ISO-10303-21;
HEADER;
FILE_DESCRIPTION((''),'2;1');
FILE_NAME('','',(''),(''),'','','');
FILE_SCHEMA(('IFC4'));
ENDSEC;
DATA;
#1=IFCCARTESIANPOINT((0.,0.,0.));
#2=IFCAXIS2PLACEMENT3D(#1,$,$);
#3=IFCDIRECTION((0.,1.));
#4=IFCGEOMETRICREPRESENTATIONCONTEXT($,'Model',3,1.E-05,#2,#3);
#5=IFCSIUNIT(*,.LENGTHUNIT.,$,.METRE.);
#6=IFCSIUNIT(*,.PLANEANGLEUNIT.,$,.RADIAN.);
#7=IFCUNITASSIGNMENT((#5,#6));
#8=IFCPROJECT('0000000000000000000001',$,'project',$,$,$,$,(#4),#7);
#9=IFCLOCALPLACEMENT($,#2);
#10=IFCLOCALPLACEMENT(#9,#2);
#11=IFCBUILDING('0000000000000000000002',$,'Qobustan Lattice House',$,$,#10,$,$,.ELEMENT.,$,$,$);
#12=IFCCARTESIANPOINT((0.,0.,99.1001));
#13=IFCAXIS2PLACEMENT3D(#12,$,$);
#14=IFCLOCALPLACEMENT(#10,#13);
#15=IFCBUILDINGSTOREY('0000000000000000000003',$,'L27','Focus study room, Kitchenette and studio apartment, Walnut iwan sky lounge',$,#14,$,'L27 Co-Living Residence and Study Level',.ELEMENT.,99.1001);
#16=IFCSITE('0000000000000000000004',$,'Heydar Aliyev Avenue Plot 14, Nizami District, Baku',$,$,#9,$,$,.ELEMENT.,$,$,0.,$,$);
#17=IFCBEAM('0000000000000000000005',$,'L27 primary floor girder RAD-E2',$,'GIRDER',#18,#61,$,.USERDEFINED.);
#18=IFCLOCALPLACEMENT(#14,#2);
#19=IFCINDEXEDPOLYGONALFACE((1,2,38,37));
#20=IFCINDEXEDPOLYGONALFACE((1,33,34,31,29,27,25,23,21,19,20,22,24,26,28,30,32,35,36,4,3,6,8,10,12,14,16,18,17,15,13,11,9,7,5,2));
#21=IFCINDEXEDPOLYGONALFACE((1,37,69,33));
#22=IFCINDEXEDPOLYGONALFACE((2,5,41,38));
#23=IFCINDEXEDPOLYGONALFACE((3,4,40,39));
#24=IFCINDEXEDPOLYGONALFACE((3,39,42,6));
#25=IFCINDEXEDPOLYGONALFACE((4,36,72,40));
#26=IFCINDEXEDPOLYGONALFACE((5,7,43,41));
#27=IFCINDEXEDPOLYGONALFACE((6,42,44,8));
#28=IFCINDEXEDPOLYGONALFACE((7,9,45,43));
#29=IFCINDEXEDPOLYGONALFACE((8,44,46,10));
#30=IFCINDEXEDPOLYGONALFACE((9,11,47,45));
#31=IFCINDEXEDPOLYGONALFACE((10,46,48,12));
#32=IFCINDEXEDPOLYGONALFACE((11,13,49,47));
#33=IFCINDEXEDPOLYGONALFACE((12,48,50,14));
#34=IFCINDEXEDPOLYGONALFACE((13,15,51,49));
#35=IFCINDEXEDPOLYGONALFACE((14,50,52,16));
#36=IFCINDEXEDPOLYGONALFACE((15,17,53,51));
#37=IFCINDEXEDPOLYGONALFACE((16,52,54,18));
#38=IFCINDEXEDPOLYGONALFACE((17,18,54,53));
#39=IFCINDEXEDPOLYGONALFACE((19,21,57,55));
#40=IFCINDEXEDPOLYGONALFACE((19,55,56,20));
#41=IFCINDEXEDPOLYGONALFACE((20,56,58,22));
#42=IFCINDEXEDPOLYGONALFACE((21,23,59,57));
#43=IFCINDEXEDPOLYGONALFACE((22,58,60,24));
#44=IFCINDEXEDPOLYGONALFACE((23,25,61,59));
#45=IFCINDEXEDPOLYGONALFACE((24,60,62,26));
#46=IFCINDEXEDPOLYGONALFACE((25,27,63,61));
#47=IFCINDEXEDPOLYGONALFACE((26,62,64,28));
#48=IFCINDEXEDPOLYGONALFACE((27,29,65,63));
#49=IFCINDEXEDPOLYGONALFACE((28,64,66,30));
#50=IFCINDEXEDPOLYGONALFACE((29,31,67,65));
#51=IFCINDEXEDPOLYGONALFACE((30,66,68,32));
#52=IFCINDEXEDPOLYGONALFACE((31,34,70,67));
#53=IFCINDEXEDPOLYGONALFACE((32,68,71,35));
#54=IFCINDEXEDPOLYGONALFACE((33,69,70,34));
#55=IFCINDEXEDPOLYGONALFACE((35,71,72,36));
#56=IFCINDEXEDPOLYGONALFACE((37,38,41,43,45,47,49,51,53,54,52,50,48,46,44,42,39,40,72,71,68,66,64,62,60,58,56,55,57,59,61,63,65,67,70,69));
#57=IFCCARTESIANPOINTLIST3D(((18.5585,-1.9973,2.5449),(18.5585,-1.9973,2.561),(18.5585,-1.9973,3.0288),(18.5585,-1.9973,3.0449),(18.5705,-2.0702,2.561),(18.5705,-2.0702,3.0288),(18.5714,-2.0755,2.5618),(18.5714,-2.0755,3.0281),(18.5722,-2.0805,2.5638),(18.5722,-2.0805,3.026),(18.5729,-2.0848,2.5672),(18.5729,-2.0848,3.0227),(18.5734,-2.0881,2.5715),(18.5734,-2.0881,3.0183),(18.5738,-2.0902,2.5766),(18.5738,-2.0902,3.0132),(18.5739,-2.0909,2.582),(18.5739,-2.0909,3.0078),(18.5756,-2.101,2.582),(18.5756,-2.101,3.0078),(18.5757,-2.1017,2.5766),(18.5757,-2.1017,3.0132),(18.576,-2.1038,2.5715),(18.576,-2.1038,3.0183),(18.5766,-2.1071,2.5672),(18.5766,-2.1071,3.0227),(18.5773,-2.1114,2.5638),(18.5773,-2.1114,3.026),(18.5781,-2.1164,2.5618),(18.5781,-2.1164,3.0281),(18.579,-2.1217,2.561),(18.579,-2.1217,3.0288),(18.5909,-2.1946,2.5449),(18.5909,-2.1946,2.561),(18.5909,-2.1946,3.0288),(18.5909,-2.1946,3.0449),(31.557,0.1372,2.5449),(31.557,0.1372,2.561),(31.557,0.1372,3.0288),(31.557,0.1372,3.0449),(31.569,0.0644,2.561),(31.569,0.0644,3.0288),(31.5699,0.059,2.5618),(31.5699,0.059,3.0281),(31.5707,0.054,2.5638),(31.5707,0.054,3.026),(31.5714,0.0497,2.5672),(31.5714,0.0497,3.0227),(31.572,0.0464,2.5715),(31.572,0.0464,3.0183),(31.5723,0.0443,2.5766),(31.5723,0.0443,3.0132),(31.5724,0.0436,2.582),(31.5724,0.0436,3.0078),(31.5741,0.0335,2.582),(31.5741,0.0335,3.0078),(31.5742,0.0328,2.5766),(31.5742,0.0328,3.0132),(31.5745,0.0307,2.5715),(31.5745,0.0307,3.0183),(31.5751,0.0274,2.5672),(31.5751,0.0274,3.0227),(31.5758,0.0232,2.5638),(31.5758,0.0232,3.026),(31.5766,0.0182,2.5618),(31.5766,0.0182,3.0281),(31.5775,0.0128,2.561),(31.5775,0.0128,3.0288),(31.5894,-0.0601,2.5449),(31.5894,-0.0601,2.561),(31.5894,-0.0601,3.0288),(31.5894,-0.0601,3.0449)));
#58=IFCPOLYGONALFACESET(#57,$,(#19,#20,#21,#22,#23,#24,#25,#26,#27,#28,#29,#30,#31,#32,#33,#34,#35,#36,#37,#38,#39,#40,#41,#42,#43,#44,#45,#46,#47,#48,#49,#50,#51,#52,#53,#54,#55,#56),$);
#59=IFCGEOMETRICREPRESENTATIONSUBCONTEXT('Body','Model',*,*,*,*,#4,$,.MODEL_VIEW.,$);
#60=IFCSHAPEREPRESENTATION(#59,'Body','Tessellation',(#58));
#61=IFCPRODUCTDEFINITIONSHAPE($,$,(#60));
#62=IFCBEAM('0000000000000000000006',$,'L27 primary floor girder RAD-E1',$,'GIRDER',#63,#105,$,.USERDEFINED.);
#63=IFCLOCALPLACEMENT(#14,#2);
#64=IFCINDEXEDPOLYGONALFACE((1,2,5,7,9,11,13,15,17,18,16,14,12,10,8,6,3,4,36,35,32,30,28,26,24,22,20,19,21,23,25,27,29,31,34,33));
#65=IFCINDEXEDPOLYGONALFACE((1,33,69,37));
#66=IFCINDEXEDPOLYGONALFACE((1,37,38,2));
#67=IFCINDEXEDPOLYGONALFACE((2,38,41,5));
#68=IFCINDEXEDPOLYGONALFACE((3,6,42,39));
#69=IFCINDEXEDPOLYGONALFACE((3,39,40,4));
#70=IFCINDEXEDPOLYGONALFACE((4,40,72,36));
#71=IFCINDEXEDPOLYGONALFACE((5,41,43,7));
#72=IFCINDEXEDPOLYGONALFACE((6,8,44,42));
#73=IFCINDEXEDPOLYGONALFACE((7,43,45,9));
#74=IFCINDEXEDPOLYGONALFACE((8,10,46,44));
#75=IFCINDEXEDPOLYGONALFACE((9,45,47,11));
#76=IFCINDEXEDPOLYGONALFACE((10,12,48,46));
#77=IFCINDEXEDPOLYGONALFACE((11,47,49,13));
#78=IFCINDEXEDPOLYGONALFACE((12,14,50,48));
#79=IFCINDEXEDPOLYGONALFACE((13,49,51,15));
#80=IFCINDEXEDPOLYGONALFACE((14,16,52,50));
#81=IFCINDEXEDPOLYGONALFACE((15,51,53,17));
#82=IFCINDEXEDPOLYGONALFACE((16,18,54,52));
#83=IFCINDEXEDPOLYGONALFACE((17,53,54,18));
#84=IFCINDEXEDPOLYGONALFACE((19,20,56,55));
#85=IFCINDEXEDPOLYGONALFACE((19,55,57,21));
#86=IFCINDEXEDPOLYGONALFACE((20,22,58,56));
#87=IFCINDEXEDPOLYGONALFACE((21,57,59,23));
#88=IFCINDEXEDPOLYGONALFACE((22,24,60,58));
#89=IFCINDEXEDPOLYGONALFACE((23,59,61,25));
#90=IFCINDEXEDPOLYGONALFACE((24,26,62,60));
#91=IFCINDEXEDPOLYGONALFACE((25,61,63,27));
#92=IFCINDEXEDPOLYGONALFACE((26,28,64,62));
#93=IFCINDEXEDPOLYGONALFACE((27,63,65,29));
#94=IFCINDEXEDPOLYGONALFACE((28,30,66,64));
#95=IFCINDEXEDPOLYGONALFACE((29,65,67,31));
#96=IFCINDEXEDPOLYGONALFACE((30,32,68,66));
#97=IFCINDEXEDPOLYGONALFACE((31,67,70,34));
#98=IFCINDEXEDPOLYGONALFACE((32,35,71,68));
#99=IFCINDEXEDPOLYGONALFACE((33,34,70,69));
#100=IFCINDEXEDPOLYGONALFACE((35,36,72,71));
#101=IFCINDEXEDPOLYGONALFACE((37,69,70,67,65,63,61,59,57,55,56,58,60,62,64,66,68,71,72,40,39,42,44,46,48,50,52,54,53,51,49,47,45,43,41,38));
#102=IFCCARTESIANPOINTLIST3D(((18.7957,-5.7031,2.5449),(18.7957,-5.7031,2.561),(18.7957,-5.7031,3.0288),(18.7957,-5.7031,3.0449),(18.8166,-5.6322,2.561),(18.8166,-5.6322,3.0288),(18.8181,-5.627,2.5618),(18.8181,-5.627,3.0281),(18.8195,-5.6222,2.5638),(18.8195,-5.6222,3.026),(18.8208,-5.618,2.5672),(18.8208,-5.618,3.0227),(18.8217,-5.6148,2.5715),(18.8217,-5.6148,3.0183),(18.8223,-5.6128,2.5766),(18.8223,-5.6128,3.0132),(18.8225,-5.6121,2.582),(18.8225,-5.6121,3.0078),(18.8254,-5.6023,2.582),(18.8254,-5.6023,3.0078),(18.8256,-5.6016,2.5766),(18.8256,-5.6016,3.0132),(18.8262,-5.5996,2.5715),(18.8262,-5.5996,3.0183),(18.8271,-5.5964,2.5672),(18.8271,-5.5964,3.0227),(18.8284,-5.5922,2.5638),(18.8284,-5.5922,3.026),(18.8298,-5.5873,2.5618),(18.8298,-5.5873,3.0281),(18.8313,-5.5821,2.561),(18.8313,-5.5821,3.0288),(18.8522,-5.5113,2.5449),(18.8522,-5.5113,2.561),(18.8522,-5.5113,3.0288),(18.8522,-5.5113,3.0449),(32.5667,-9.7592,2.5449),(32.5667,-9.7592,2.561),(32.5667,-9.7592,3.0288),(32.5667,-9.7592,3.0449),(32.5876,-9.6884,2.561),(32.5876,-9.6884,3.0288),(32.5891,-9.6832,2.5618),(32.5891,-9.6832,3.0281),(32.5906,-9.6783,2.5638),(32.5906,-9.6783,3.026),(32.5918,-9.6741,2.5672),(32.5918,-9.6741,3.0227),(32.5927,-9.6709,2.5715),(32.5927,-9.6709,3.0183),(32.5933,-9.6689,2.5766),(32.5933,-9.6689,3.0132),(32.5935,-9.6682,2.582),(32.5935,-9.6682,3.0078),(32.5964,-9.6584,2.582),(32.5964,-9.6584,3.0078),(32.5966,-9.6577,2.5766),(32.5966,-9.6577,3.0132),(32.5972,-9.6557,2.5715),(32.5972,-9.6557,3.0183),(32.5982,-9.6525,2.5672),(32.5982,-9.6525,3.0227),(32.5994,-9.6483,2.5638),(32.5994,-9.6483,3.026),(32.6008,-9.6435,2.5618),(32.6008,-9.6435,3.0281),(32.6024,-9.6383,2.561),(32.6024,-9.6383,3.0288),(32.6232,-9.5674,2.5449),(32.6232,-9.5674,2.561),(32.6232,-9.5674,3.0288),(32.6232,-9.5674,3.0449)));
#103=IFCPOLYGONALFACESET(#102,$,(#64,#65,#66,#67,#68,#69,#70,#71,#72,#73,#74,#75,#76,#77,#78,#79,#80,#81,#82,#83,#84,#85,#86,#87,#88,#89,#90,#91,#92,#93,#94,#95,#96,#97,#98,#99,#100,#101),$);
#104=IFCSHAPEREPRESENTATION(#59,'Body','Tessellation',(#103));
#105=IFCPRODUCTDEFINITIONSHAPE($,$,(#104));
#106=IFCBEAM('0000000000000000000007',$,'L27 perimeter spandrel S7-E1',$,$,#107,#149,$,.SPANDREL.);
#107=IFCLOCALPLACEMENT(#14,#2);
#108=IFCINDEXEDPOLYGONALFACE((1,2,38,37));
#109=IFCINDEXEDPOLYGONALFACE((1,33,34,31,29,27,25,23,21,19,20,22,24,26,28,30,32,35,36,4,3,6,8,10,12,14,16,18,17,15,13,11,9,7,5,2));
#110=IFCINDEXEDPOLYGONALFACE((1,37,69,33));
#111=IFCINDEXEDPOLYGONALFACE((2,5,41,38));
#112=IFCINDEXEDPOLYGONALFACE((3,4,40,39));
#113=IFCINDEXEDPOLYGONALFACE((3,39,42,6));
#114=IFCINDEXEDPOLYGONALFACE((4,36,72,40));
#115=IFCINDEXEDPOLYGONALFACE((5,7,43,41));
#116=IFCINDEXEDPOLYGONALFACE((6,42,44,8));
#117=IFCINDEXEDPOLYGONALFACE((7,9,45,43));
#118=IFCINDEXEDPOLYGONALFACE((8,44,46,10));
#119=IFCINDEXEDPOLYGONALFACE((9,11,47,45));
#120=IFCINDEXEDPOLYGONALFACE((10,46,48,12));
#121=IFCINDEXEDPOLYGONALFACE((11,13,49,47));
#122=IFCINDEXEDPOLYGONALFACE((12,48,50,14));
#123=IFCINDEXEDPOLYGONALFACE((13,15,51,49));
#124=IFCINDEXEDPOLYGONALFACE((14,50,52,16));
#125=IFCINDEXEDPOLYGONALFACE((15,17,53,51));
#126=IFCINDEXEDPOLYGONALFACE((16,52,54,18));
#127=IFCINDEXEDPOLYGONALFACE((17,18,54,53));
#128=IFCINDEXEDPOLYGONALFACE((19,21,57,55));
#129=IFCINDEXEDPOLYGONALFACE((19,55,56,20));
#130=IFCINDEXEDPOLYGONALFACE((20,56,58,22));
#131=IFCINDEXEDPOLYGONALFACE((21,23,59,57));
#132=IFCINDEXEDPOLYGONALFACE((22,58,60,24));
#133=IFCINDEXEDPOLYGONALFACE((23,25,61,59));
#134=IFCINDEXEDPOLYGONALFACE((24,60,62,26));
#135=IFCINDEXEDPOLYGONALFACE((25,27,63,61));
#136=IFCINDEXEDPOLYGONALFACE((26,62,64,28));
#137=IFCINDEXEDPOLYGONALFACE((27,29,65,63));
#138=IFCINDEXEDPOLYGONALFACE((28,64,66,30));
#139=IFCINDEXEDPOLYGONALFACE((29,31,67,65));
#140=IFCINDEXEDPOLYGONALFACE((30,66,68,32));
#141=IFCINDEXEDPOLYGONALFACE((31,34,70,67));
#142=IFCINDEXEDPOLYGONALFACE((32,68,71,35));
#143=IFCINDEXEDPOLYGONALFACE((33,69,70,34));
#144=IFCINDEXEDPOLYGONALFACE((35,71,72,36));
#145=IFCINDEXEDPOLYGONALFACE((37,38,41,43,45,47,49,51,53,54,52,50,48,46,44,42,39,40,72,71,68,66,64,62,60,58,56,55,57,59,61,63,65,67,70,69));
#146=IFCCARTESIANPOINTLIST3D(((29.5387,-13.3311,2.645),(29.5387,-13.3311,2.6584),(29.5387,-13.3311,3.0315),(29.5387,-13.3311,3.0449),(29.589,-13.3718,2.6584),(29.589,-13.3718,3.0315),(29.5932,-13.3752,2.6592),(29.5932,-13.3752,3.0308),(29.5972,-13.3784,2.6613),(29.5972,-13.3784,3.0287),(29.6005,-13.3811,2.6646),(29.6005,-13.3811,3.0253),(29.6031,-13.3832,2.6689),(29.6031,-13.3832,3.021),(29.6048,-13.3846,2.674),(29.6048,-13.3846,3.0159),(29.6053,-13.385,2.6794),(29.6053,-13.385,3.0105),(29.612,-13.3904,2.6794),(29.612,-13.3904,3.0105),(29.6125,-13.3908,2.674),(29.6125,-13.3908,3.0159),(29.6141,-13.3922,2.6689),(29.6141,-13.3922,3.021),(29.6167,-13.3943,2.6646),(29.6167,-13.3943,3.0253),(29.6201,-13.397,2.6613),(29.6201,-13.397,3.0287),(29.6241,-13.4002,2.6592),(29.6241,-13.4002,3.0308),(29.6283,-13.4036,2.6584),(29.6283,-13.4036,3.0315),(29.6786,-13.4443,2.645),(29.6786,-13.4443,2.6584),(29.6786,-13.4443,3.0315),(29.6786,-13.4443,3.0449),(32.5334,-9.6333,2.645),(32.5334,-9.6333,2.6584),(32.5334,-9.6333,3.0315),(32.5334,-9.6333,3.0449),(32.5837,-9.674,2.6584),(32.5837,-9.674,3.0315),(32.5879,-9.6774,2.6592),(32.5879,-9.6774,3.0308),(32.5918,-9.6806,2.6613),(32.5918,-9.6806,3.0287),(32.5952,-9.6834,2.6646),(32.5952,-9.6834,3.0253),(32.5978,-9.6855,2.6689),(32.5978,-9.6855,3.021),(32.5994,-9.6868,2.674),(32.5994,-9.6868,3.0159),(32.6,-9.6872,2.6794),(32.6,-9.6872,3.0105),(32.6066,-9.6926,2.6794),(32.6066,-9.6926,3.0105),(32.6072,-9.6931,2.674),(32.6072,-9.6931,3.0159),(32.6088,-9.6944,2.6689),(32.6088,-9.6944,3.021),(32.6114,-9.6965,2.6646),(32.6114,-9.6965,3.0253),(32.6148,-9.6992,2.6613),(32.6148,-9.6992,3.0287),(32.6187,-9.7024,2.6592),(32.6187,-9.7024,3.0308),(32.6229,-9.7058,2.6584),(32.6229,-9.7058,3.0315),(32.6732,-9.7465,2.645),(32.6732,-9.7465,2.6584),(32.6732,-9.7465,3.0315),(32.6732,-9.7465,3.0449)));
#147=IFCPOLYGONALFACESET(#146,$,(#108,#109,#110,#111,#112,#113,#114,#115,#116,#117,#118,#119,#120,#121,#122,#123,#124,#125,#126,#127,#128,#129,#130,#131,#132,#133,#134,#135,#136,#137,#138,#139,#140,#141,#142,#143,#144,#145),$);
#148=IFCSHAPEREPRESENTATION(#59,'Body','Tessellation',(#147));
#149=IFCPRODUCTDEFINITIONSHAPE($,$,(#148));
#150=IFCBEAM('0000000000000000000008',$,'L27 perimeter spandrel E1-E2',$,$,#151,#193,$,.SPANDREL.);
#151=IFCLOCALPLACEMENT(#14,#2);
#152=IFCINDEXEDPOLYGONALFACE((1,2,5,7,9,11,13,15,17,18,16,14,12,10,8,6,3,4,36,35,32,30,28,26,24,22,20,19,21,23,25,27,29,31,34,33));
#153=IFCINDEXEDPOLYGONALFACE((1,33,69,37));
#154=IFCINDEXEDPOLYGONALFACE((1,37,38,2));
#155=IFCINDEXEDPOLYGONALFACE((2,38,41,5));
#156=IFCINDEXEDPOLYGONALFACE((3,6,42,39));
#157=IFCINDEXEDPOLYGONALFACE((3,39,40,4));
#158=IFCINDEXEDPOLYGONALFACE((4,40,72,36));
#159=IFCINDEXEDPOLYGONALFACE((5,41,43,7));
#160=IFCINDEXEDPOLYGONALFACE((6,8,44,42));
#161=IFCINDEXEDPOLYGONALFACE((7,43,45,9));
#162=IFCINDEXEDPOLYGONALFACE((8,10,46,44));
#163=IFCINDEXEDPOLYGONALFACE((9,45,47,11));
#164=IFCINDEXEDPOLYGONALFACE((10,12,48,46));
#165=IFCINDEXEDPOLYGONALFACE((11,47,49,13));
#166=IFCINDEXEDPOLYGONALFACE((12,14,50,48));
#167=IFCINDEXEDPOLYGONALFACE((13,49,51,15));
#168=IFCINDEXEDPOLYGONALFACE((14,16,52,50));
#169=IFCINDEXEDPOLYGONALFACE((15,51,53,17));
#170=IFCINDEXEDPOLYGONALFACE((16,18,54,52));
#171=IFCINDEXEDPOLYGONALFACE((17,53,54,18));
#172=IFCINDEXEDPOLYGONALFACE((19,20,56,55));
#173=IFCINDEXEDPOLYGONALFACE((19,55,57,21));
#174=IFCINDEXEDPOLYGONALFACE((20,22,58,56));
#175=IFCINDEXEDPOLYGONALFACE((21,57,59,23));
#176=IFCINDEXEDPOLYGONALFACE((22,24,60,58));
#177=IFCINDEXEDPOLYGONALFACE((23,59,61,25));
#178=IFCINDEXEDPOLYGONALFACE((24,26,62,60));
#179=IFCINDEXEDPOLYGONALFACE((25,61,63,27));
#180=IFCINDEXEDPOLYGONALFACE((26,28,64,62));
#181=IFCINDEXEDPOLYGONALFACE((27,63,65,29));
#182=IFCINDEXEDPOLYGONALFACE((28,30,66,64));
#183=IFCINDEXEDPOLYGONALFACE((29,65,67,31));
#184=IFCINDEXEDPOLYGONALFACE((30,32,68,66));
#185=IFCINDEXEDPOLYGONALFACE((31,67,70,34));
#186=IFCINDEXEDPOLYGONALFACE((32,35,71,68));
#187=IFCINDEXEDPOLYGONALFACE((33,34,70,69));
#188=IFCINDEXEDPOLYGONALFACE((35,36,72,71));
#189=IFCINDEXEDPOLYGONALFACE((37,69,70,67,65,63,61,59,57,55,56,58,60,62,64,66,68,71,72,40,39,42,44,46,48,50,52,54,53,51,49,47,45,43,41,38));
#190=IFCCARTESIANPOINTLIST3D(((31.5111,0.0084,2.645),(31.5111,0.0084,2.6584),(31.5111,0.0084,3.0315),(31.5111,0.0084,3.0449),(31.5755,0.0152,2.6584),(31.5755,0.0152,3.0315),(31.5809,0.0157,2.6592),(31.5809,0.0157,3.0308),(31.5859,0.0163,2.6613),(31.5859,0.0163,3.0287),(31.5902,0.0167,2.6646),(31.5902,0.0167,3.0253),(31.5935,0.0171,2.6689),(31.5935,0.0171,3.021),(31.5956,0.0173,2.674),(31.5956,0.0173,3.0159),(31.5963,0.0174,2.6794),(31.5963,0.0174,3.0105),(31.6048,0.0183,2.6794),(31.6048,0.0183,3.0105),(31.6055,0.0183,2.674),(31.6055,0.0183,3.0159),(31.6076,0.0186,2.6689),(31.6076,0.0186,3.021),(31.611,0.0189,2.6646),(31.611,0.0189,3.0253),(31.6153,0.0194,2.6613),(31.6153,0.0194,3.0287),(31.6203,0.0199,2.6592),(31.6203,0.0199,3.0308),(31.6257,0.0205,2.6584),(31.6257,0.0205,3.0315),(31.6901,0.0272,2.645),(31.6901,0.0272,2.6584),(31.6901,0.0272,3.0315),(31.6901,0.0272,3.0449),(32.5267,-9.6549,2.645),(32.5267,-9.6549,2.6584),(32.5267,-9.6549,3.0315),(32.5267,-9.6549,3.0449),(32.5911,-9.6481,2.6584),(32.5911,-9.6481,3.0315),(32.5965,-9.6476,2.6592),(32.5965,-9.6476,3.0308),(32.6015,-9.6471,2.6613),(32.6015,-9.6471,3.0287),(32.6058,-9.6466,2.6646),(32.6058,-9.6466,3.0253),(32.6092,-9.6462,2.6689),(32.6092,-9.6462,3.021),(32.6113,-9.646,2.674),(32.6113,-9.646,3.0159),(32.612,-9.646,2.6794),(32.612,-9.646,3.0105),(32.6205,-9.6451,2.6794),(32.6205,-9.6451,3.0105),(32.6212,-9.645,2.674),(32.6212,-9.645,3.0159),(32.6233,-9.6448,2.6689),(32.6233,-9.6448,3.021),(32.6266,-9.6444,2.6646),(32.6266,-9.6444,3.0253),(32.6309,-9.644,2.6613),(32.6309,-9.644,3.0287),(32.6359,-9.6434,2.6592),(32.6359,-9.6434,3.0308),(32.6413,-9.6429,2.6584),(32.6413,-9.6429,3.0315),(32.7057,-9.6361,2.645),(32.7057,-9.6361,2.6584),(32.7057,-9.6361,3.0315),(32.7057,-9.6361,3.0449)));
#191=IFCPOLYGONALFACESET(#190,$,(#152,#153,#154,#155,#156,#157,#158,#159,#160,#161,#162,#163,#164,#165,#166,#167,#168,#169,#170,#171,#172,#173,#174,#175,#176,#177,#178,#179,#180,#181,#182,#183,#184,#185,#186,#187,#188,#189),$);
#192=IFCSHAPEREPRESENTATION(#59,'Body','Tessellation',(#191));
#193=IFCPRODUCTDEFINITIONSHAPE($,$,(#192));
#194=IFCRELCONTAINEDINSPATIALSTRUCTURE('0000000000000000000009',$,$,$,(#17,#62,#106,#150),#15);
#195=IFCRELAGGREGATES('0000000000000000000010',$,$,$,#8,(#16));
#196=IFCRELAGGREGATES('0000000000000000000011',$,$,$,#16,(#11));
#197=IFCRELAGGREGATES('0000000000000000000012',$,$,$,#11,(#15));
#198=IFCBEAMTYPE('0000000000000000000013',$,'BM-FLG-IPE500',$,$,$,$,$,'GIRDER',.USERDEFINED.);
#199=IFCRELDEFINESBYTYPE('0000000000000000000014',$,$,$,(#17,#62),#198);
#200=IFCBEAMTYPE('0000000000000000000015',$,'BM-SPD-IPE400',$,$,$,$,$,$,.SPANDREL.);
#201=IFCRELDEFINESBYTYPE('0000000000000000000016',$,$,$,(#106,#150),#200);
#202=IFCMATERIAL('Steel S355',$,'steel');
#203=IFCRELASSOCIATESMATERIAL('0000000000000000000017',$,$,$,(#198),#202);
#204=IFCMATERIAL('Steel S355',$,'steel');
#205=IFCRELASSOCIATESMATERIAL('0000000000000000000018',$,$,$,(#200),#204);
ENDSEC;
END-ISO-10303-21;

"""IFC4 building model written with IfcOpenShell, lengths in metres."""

from ifc_helpers import new_model, si_unit, direction, frame, origin, origin_2d, place, context, subcontext, project, spatial, i_section, extrude, material, material_profile, profile_set, type_object, element, save


model = new_model("IFC4")

# Units and contexts
model_context = context("Model", 3, precision=1e-05, world=origin(), true_north=direction((0.0, 1.0)))
body_context = subcontext(model_context, "Body", "Model", "MODEL_VIEW")
ifc_project = project(units=[si_unit("LENGTHUNIT", "METRE"), si_unit("PLANEANGLEUNIT", "RADIAN")], contexts=[model_context])

# Site, building, storey
site_placement = place(None, origin())
site = spatial("IfcSite", under=ifc_project, at=site_placement, Name="Heydar Aliyev Avenue Plot 14, Nizami District, Baku", CompositionType="ELEMENT", RefElevation=0.0)
building_placement = place(site_placement, origin())
building = spatial("IfcBuilding", under=site, at=building_placement, Name="Qobustan Lattice House", CompositionType="ELEMENT")
storey_placement = place(building_placement, frame((0.0, 0.0, 99.1001)))
storey = spatial("IfcBuildingStorey", under=building, at=storey_placement, Name="L27", Description="Focus study room, Kitchenette and studio apartment, Walnut iwan sky lounge", LongName="L27 Co-Living Residence and Study Level", CompositionType="ELEMENT", Elevation=99.1001)

# Beams
ifc_material_1 = material(Name="Steel S355", Category="steel")
ifc_material_profile_1 = material_profile(ifc_material_1, i_section(OverallWidth=0.2, OverallDepth=0.5, WebThickness=0.0103, FlangeThickness=0.0161, FilletRadius=0.021, at=origin_2d()), Name="IPE500")
ifc_profile_set_1 = profile_set([ifc_material_profile_1], Name="Steel S355")
beam_type_1 = type_object("IfcBeamType", Name="BM-FLG-IPE500", ElementType="GIRDER", PredefinedType="USERDEFINED", material=ifc_profile_set_1)
beam_1_placement = place(storey_placement, frame((31.5732, 0.0386, 2.7949), z_axis=(-0.986784, -0.162042, 0.0), x_axis=(0.162042, -0.986784, 0.0)))
element("IfcBeam", 1, at=beam_1_placement, inside=storey, type_object=beam_type_1, Name="L27 primary floor girder RAD-E2", ObjectType="GIRDER", PredefinedType="USERDEFINED", context=body_context, shape_type="SweptSolid", body=[
    extrude(i_section(OverallWidth=0.2, OverallDepth=0.5, WebThickness=0.0103, FlangeThickness=0.0161, FilletRadius=0.021, at=origin_2d()), origin(), (0.0, 0.0, 1.0), 13.1726),
])
beam_2_placement = place(storey_placement, frame((32.595, -9.6633, 2.7949), z_axis=(-0.959255, 0.282542, 0.0), x_axis=(-0.282542, -0.959255, 0.0)))
element("IfcBeam", 2, at=beam_2_placement, inside=storey, type_object=beam_type_1, Name="L27 primary floor girder RAD-E1", ObjectType="GIRDER", PredefinedType="USERDEFINED", context=body_context, shape_type="SweptSolid", body=[
    extrude(i_section(OverallWidth=0.2, OverallDepth=0.5, WebThickness=0.0103, FlangeThickness=0.0161, FilletRadius=0.021, at=origin_2d()), origin(), (0.0, 0.0, 1.0), 14.356),
])
ifc_material_2 = material(Name="Steel S355", Category="steel")
ifc_material_profile_2 = material_profile(ifc_material_2, i_section(OverallWidth=0.1799, OverallDepth=0.3999, WebThickness=0.0085, FlangeThickness=0.0134, FilletRadius=0.021, at=origin_2d()), Name="IPE400")
ifc_profile_set_2 = profile_set([ifc_material_profile_2], Name="Steel S355")
beam_type_2 = type_object("IfcBeamType", Name="BM-SPD-IPE400", PredefinedType="SPANDREL", material=ifc_profile_set_2)
beam_3_placement = place(storey_placement, frame((29.6086, -13.3877, 2.845), z_axis=(0.629352, 0.777121, 0.0), x_axis=(-0.777121, 0.629352, 0.0)))
element("IfcBeam", 3, at=beam_3_placement, inside=storey, type_object=beam_type_2, Name="L27 perimeter spandrel S7-E1", PredefinedType="SPANDREL", context=body_context, shape_type="SweptSolid", body=[
    extrude(i_section(OverallWidth=0.1799, OverallDepth=0.3999, WebThickness=0.0085, FlangeThickness=0.0134, FilletRadius=0.021, at=origin_2d()), origin(), (0.0, 0.0, 1.0), 4.7583),
])
for number, where, z_axis, x_axis, name in (
    (4, (32.6162, -9.6455, 2.845), (-0.104525, 0.994522, 0.0), (-0.994522, -0.104525, 0.0), "L27 perimeter spandrel E1-E2"),
):
    element("IfcBeam", number, at=place(storey_placement, frame(where, z_axis=z_axis, x_axis=x_axis)), inside=storey, type_object=beam_type_2, Name=name, PredefinedType="SPANDREL", context=body_context, shape_type="SweptSolid", body=[
        extrude(i_section(OverallWidth=0.1799, OverallDepth=0.3999, WebThickness=0.0085, FlangeThickness=0.0134, FilletRadius=0.021, at=origin_2d()), origin(), (0.0, 0.0, 1.0), 9.7166),
    ])

save(model, "model.ifc")
